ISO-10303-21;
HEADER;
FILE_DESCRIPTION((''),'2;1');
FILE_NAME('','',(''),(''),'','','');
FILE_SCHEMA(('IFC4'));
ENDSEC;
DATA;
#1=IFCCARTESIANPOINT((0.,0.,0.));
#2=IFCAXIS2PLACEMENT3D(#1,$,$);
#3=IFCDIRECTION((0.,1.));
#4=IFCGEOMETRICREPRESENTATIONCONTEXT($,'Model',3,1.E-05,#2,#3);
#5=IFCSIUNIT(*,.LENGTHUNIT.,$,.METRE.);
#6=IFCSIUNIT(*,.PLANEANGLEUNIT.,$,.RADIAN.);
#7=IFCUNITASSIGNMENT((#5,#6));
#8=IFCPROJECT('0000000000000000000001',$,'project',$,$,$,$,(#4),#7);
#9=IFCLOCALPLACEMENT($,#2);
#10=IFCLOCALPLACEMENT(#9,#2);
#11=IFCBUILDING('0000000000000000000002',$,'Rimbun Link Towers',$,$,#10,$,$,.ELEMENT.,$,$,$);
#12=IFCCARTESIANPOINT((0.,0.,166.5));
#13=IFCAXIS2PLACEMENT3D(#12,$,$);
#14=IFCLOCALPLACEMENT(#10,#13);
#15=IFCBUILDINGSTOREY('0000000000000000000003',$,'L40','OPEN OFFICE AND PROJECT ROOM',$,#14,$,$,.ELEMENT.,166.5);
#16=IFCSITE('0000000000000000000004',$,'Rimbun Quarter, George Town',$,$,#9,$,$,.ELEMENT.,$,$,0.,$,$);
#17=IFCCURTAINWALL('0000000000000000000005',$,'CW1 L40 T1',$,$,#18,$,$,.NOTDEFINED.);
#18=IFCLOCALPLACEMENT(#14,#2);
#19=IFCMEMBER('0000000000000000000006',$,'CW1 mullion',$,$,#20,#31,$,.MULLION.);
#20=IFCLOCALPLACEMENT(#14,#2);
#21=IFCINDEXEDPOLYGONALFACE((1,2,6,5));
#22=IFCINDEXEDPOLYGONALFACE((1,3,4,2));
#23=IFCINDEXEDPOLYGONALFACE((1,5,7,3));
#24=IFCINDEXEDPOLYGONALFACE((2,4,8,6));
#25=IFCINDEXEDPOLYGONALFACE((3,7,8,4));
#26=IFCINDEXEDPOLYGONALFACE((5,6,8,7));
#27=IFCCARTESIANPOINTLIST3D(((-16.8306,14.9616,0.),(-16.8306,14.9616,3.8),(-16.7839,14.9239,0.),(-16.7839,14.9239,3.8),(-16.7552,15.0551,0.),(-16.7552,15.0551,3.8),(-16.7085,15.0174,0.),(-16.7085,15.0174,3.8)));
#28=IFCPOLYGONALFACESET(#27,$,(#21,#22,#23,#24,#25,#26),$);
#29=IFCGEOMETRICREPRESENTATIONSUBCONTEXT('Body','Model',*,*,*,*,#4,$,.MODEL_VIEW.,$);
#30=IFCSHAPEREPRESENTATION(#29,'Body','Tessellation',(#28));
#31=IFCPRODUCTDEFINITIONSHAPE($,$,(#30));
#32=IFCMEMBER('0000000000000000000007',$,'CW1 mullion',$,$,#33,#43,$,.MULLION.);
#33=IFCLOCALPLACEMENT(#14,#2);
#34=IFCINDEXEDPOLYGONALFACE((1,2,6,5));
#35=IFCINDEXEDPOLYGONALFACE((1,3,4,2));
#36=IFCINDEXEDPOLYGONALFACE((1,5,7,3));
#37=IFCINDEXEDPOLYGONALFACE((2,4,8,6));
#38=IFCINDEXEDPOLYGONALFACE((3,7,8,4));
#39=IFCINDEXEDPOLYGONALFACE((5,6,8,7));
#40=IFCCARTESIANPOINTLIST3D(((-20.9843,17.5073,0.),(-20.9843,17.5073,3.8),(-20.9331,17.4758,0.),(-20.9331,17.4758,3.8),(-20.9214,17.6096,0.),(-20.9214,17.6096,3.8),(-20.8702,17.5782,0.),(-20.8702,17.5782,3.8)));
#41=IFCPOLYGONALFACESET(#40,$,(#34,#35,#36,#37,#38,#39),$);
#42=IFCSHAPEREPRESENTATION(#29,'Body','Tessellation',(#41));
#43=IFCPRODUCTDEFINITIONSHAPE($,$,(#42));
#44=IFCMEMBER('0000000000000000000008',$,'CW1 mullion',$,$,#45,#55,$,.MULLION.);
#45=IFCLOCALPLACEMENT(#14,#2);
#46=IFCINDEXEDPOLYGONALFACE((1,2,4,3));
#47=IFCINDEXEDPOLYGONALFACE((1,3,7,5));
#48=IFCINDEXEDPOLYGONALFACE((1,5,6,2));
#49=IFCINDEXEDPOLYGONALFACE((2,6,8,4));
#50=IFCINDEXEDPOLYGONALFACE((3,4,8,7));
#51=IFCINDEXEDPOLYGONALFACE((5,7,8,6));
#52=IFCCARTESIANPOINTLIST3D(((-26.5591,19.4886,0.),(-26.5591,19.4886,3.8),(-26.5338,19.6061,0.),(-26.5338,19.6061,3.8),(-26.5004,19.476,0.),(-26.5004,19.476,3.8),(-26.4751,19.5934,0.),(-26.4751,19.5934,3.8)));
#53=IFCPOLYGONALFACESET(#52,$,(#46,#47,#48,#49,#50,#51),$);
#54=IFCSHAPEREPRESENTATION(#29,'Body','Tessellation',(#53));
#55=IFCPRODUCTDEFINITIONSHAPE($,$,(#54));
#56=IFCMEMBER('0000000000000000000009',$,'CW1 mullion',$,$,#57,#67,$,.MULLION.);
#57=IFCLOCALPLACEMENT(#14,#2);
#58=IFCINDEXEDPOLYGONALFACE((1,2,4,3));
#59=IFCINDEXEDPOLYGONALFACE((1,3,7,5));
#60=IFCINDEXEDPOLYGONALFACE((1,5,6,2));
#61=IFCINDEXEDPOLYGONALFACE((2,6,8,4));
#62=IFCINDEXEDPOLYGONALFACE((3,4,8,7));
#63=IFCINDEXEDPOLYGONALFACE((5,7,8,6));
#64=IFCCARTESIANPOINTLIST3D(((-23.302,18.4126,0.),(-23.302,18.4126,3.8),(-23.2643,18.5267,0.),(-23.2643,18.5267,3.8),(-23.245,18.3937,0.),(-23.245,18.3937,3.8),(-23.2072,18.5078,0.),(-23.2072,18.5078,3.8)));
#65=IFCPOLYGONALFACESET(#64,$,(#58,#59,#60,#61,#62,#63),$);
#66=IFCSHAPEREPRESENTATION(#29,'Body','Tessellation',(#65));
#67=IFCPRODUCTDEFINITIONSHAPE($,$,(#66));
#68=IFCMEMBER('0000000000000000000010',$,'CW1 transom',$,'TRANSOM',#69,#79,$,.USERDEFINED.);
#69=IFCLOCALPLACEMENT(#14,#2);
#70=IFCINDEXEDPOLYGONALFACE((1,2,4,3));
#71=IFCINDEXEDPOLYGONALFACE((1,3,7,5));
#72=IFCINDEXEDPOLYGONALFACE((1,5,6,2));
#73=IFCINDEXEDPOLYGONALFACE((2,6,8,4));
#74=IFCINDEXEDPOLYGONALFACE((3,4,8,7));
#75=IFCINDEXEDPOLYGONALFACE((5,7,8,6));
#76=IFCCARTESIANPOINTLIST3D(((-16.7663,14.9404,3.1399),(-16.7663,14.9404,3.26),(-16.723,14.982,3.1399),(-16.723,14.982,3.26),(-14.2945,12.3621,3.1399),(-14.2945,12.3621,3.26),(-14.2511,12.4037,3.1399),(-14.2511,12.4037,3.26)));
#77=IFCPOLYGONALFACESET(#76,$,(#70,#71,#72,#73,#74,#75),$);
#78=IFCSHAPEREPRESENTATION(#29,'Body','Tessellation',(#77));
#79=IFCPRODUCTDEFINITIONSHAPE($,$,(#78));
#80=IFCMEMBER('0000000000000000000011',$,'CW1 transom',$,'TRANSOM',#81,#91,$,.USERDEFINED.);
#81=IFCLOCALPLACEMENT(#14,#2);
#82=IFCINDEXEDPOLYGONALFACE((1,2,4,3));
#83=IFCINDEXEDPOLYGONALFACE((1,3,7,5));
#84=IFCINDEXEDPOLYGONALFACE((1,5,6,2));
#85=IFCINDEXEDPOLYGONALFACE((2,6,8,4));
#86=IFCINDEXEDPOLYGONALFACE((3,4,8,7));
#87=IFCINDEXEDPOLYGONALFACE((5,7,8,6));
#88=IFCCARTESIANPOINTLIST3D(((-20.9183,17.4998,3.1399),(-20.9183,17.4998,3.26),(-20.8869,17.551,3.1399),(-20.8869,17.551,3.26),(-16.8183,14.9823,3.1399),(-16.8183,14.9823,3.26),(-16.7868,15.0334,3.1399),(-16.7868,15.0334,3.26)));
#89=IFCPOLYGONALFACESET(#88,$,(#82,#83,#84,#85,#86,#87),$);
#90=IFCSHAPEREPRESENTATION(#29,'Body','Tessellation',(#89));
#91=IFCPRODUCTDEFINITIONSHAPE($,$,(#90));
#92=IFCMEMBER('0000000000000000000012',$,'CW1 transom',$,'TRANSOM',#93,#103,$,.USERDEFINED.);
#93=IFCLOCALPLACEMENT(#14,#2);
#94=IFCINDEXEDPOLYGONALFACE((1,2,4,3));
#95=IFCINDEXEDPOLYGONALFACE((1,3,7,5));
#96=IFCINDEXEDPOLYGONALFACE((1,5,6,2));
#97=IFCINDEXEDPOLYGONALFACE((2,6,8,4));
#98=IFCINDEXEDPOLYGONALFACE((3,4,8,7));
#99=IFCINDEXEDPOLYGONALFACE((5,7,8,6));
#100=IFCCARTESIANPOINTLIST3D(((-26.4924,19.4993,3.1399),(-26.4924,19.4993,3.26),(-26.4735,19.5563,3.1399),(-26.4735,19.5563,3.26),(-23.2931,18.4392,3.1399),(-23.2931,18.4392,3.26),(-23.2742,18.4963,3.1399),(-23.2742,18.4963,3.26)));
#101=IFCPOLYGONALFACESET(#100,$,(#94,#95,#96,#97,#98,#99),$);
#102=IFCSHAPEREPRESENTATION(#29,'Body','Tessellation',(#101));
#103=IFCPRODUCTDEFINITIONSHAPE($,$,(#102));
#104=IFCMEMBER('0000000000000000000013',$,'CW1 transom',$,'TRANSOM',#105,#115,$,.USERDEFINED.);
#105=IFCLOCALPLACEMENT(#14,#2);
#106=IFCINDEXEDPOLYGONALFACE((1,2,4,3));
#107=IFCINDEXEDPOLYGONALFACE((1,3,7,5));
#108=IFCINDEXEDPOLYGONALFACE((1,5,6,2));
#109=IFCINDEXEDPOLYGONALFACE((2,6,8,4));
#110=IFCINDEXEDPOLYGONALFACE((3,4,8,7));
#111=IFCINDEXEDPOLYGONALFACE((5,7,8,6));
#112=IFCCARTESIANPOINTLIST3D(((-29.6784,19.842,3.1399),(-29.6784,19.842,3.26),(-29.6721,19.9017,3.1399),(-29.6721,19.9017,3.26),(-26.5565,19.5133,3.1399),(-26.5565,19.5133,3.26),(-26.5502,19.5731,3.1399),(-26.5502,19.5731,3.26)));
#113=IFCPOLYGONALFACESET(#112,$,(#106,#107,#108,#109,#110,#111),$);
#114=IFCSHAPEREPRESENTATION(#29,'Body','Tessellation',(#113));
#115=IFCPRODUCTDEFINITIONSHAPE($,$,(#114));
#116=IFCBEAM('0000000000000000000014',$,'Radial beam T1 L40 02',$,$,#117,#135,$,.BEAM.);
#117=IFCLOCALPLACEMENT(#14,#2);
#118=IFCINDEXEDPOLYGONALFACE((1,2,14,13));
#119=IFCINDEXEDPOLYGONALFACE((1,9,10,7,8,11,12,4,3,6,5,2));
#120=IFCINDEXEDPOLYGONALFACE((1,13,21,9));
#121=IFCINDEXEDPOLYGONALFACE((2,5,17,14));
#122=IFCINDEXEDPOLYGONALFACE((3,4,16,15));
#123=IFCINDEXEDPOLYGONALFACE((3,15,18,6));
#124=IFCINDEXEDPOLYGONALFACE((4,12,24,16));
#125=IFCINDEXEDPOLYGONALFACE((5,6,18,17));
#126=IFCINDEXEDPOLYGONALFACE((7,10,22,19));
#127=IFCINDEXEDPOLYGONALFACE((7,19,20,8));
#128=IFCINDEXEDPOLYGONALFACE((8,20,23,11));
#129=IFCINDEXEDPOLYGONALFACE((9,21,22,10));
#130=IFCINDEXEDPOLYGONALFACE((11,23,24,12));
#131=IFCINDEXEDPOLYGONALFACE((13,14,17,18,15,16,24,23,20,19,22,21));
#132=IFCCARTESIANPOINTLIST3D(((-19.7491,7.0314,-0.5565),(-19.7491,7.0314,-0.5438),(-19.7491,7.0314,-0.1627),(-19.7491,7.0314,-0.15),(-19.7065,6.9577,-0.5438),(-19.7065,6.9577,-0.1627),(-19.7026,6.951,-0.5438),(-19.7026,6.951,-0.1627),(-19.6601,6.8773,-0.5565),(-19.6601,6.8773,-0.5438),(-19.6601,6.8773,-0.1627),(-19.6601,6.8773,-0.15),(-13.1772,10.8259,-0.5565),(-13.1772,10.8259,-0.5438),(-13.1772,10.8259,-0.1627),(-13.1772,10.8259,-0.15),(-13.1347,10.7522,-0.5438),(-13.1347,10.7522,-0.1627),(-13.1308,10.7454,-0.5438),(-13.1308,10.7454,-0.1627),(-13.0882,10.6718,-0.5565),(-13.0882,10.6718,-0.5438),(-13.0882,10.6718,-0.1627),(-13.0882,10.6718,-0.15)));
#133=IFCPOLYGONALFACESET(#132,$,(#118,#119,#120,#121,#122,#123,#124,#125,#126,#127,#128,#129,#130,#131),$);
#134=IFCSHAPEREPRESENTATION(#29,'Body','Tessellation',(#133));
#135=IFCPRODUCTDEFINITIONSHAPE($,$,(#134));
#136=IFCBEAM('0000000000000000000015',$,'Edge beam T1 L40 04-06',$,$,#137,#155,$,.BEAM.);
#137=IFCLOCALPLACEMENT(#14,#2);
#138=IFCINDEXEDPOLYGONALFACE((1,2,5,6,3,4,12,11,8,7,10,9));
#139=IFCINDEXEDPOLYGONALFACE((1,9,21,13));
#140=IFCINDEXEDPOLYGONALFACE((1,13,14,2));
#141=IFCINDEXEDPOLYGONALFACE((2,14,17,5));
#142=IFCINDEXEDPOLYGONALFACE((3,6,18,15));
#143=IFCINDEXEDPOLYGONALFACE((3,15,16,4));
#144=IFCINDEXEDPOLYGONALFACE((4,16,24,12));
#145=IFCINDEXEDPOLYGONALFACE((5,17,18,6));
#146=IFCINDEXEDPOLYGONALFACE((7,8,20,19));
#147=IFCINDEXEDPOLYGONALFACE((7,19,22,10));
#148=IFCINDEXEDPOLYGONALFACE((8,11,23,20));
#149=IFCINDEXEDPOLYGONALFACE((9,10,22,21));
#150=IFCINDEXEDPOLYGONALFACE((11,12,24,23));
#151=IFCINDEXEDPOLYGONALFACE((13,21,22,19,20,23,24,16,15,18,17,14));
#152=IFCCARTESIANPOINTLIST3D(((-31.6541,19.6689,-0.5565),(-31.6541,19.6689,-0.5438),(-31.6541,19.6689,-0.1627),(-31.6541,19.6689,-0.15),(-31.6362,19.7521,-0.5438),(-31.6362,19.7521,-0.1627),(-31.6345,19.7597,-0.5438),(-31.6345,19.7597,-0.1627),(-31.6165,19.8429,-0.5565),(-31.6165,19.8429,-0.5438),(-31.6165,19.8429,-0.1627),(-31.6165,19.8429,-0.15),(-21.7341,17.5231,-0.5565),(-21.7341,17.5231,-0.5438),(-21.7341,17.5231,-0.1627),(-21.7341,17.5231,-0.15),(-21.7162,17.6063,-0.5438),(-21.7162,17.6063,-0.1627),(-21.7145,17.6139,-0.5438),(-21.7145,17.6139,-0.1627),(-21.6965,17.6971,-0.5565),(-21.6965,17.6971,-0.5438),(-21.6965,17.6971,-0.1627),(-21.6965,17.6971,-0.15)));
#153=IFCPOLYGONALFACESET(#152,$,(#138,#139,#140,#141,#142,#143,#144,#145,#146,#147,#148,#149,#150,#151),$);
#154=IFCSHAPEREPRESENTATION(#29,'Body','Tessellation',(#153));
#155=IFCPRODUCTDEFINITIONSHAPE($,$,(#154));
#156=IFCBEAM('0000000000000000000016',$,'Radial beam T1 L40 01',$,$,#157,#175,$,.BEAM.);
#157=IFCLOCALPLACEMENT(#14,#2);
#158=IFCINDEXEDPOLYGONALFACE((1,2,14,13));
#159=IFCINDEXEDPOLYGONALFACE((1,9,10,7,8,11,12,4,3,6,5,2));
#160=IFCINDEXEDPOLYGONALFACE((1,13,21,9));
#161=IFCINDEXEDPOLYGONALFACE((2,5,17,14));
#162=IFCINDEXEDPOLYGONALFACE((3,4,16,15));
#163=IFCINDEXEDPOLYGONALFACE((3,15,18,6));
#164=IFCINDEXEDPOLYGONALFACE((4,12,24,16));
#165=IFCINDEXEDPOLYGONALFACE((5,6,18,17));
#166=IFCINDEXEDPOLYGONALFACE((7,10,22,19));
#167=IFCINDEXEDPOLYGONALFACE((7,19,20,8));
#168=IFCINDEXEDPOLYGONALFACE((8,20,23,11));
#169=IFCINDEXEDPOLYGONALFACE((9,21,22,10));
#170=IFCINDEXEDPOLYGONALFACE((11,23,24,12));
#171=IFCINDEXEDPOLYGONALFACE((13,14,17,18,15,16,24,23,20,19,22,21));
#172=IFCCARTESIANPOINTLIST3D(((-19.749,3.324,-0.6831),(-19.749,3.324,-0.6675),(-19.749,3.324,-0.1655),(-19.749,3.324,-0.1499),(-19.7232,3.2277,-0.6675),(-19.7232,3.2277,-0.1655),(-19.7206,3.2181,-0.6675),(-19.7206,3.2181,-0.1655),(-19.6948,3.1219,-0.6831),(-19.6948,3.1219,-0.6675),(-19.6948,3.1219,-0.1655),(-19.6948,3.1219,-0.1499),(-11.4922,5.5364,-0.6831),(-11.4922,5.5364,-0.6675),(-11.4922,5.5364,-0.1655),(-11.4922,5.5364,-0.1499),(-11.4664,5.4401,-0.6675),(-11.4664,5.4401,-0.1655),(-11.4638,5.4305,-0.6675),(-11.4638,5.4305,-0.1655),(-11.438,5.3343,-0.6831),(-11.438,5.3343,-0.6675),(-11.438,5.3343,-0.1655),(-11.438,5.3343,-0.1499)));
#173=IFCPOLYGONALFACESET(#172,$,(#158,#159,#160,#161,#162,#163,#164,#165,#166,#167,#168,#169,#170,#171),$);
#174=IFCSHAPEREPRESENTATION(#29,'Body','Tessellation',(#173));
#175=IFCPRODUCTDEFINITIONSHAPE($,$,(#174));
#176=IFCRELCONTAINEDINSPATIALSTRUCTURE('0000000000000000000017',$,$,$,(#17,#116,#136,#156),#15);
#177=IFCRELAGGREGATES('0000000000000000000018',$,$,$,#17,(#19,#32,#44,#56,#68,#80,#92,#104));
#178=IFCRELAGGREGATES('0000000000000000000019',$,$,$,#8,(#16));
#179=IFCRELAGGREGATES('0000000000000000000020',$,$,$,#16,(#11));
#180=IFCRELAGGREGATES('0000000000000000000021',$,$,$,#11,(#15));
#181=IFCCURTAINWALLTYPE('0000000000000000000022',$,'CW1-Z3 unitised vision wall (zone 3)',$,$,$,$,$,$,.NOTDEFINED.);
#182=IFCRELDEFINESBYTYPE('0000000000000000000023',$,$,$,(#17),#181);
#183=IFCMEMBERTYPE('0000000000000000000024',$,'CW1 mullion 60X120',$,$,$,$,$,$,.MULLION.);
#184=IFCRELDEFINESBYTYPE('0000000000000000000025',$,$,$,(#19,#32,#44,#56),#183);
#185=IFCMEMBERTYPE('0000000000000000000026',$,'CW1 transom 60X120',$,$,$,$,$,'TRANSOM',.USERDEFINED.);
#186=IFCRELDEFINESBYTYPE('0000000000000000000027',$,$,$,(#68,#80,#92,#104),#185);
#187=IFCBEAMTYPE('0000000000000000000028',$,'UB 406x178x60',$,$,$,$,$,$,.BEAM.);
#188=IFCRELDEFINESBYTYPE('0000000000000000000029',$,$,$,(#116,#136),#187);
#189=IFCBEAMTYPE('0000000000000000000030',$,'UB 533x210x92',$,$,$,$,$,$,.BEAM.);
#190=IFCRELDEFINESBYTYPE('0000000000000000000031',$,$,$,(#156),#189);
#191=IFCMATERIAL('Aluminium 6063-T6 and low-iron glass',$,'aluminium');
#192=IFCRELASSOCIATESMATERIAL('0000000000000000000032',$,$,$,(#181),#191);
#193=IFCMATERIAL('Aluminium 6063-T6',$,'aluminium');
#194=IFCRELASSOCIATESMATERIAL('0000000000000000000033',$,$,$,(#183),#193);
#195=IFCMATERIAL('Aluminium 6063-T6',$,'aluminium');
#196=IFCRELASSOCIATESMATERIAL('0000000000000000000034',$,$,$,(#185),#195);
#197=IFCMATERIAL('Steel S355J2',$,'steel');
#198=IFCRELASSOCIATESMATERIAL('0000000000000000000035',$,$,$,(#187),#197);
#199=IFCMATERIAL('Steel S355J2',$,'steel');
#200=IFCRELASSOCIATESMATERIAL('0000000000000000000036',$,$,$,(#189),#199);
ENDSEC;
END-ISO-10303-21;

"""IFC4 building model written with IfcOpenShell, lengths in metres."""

from ifc_helpers import new_model, si_unit, direction, frame, origin, origin_2d, place, context, subcontext, project, spatial, rectangle, i_section, extrude, material, material_profile, profile_set, type_object, element, aggregate, save


model = new_model("IFC4")

# Units and contexts
model_context = context("Model", 3, precision=1e-05, world=origin(), true_north=direction((0.0, 1.0)))
body_context = subcontext(model_context, "Body", "Model", "MODEL_VIEW")
ifc_project = project(units=[si_unit("LENGTHUNIT", "METRE"), si_unit("PLANEANGLEUNIT", "RADIAN")], contexts=[model_context])

# Site, building, storey
site_placement = place(None, origin())
site = spatial("IfcSite", under=ifc_project, at=site_placement, Name="Rimbun Quarter, George Town", CompositionType="ELEMENT", RefElevation=0.0)
building_placement = place(site_placement, origin())
building = spatial("IfcBuilding", under=site, at=building_placement, Name="Rimbun Link Towers", CompositionType="ELEMENT")
storey_placement = place(building_placement, frame((0.0, 0.0, 166.5)))
storey = spatial("IfcBuildingStorey", under=building, at=storey_placement, Name="L40", Description="OPEN OFFICE AND PROJECT ROOM", CompositionType="ELEMENT", Elevation=166.5)

# Curtain wall, members
ifc_material_1 = material(Name="Aluminium 6063-T6 and low-iron glass", Category="aluminium")
curtain_wall_type = type_object("IfcCurtainWallType", Name="CW1-Z3 unitised vision wall (zone 3)", PredefinedType="NOTDEFINED", material=ifc_material_1)
curtain_wall_placement = place(storey_placement, origin())
curtain_wall = element("IfcCurtainWall", 1, at=curtain_wall_placement, inside=storey, type_object=curtain_wall_type, Name="CW1 L40 T1", PredefinedType="NOTDEFINED")
ifc_material_2 = material(Name="Aluminium 6063-T6", Category="aluminium")
ifc_material_profile_1 = material_profile(ifc_material_2, rectangle(XDim=0.1201, YDim=0.0601, at=origin_2d()), Name="MULLION 60X120")
ifc_profile_set_1 = profile_set([ifc_material_profile_1], Name="Aluminium 6063-T6")
member_type_1 = type_object("IfcMemberType", Name="CW1 mullion 60X120", PredefinedType="MULLION", material=ifc_profile_set_1)
member_1_placement = place(storey_placement, frame((-16.7695, 14.9895, 0.0), z_axis=(0.0, 0.0, 1.0), x_axis=(0.627676, 0.778475, 0.0)))
member_1 = element("IfcMember", 2, at=member_1_placement, type_object=member_type_1, Name="CW1 mullion", PredefinedType="MULLION", context=body_context, shape_type="SweptSolid", body=[
    extrude(rectangle(XDim=0.1201, YDim=0.0601, at=origin_2d()), origin(), (0.0, 0.0, 1.0), 3.8),
])
member_2_placement = place(storey_placement, frame((-20.9272, 17.5427, 0.0), z_axis=(0.0, 0.0, 1.0), x_axis=(0.52325, 0.852179, 0.0)))
member_2 = element("IfcMember", 3, at=member_2_placement, type_object=member_type_1, Name="CW1 mullion", PredefinedType="MULLION", context=body_context, shape_type="SweptSolid", body=[
    extrude(rectangle(XDim=0.1201, YDim=0.0601, at=origin_2d()), origin(), (0.0, 0.0, 1.0), 3.8),
])
member_3_placement = place(storey_placement, frame((-26.5171, 19.541, 0.0), z_axis=(0.0, 0.0, 1.0), x_axis=(0.210866, 0.977515, 0.0)))
member_3 = element("IfcMember", 4, at=member_3_placement, type_object=member_type_1, Name="CW1 mullion", PredefinedType="MULLION", context=body_context, shape_type="SweptSolid", body=[
    extrude(rectangle(XDim=0.1201, YDim=0.0601, at=origin_2d()), origin(), (0.0, 0.0, 1.0), 3.8),
])
member_4_placement = place(storey_placement, frame((-23.2546, 18.4602, 0.0), z_axis=(0.0, 0.0, 1.0), x_axis=(0.314556, 0.949239, 0.0)))
member_4 = element("IfcMember", 5, at=member_4_placement, type_object=member_type_1, Name="CW1 mullion", PredefinedType="MULLION", context=body_context, shape_type="SweptSolid", body=[
    extrude(rectangle(XDim=0.1201, YDim=0.0601, at=origin_2d()), origin(), (0.0, 0.0, 1.0), 3.8),
])
ifc_material_3 = material(Name="Aluminium 6063-T6", Category="aluminium")
ifc_material_profile_2 = material_profile(ifc_material_3, rectangle(XDim=0.0601, YDim=0.1201, at=origin_2d()), Name="TRANSOM 60X120")
ifc_profile_set_2 = profile_set([ifc_material_profile_2], Name="Aluminium 6063-T6")
member_type_2 = type_object("IfcMemberType", Name="CW1 transom 60X120", ElementType="TRANSOM", PredefinedType="USERDEFINED", material=ifc_profile_set_2)
member_5_placement = place(storey_placement, frame((-16.7446, 14.9612, 3.2), z_axis=(0.692049, -0.72185, 0.0), x_axis=(0.72185, 0.692049, 0.0)))
member_5 = element("IfcMember", 6, at=member_5_placement, type_object=member_type_2, Name="CW1 transom", ObjectType="TRANSOM", PredefinedType="USERDEFINED", context=body_context, shape_type="SweptSolid", body=[
    extrude(rectangle(XDim=0.0601, YDim=0.1201, at=origin_2d()), origin(), (0.0, 0.0, 1.0), 3.5718),
])
member_6_placement = place(storey_placement, frame((-20.9026, 17.5254, 3.2), z_axis=(0.852174, -0.523259, 0.0), x_axis=(0.523259, 0.852174, 0.0)))
member_6 = element("IfcMember", 7, at=member_6_placement, type_object=member_type_2, Name="CW1 transom", ObjectType="TRANSOM", PredefinedType="USERDEFINED", context=body_context, shape_type="SweptSolid", body=[
    extrude(rectangle(XDim=0.0601, YDim=0.1201, at=origin_2d()), origin(), (0.0, 0.0, 1.0), 4.8113),
])
member_7_placement = place(storey_placement, frame((-26.4829, 19.5278, 3.2), z_axis=(0.949247, -0.314532, 0.0), x_axis=(0.314532, 0.949247, 0.0)))
member_7 = element("IfcMember", 8, at=member_7_placement, type_object=member_type_2, Name="CW1 transom", ObjectType="TRANSOM", PredefinedType="USERDEFINED", context=body_context, shape_type="SweptSolid", body=[
    extrude(rectangle(XDim=0.0601, YDim=0.1201, at=origin_2d()), origin(), (0.0, 0.0, 1.0), 3.3704),
])
member_8_placement = place(storey_placement, frame((-29.6753, 19.8718, 3.2), z_axis=(0.994505, -0.104685, 0.0), x_axis=(0.104685, 0.994505, 0.0)))
member_8 = element("IfcMember", 9, at=member_8_placement, type_object=member_type_2, Name="CW1 transom", ObjectType="TRANSOM", PredefinedType="USERDEFINED", context=body_context, shape_type="SweptSolid", body=[
    extrude(rectangle(XDim=0.0601, YDim=0.1201, at=origin_2d()), origin(), (0.0, 0.0, 1.0), 3.1392),
])

# Beams
ifc_material_4 = material(Name="Steel S355J2", Category="steel")
ifc_material_profile_3 = material_profile(ifc_material_4, i_section(OverallWidth=0.178, OverallDepth=0.4065, WebThickness=0.0078, FlangeThickness=0.0127, at=origin_2d()), Name="UB 406x178x60")
ifc_profile_set_3 = profile_set([ifc_material_profile_3], Name="Steel S355J2")
beam_type_1 = type_object("IfcBeamType", Name="UB 406x178x60", PredefinedType="BEAM", material=ifc_profile_set_3)
beam_1_placement = place(storey_placement, frame((-19.7046, 6.9543, -0.3533), z_axis=(0.866013, 0.500021, 0.0), x_axis=(-0.500021, 0.866013, 0.0)))
element("IfcBeam", 10, at=beam_1_placement, inside=storey, type_object=beam_type_1, Name="Radial beam T1 L40 02", PredefinedType="BEAM", context=body_context, shape_type="SweptSolid", body=[
    extrude(i_section(OverallWidth=0.178, OverallDepth=0.4065, WebThickness=0.0078, FlangeThickness=0.0127, at=origin_2d()), origin(), (0.0, 0.0, 1.0), 7.5886),
])
beam_2_placement = place(storey_placement, frame((-21.7153, 17.6101, -0.3533), z_axis=(-0.977396, 0.211418, 0.0), x_axis=(-0.211418, -0.977396, 0.0)))
element("IfcBeam", 11, at=beam_2_placement, inside=storey, type_object=beam_type_1, Name="Edge beam T1 L40 04-06", PredefinedType="BEAM", context=body_context, shape_type="SweptSolid", body=[
    extrude(i_section(OverallWidth=0.178, OverallDepth=0.4065, WebThickness=0.0078, FlangeThickness=0.0127, at=origin_2d()), origin(), (0.0, 0.0, 1.0), 10.1494),
])
ifc_material_5 = material(Name="Steel S355J2", Category="steel")
ifc_material_profile_4 = material_profile(ifc_material_5, i_section(OverallWidth=0.2092, OverallDepth=0.5332, WebThickness=0.01, FlangeThickness=0.0156, at=origin_2d()), Name="UB 533x210x92")
ifc_profile_set_4 = profile_set([ifc_material_profile_4], Name="Steel S355J2")
beam_type_2 = type_object("IfcBeamType", Name="UB 533x210x92", PredefinedType="BEAM", material=ifc_profile_set_4)
beam_3_placement = place(storey_placement, frame((-19.7219, 3.2229, -0.4165), z_axis=(0.965926, 0.258818, 0.0), x_axis=(-0.258818, 0.965926, 0.0)))
element("IfcBeam", 12, at=beam_3_placement, inside=storey, type_object=beam_type_2, Name="Radial beam T1 L40 01", PredefinedType="BEAM", context=body_context, shape_type="SweptSolid", body=[
    extrude(i_section(OverallWidth=0.2092, OverallDepth=0.5332, WebThickness=0.01, FlangeThickness=0.0156, at=origin_2d()), origin(), (0.0, 0.0, 1.0), 8.5481),
])

aggregate(curtain_wall, [member_1, member_2, member_3, member_4, member_5, member_6, member_7, member_8])

save(model, "model.ifc")
